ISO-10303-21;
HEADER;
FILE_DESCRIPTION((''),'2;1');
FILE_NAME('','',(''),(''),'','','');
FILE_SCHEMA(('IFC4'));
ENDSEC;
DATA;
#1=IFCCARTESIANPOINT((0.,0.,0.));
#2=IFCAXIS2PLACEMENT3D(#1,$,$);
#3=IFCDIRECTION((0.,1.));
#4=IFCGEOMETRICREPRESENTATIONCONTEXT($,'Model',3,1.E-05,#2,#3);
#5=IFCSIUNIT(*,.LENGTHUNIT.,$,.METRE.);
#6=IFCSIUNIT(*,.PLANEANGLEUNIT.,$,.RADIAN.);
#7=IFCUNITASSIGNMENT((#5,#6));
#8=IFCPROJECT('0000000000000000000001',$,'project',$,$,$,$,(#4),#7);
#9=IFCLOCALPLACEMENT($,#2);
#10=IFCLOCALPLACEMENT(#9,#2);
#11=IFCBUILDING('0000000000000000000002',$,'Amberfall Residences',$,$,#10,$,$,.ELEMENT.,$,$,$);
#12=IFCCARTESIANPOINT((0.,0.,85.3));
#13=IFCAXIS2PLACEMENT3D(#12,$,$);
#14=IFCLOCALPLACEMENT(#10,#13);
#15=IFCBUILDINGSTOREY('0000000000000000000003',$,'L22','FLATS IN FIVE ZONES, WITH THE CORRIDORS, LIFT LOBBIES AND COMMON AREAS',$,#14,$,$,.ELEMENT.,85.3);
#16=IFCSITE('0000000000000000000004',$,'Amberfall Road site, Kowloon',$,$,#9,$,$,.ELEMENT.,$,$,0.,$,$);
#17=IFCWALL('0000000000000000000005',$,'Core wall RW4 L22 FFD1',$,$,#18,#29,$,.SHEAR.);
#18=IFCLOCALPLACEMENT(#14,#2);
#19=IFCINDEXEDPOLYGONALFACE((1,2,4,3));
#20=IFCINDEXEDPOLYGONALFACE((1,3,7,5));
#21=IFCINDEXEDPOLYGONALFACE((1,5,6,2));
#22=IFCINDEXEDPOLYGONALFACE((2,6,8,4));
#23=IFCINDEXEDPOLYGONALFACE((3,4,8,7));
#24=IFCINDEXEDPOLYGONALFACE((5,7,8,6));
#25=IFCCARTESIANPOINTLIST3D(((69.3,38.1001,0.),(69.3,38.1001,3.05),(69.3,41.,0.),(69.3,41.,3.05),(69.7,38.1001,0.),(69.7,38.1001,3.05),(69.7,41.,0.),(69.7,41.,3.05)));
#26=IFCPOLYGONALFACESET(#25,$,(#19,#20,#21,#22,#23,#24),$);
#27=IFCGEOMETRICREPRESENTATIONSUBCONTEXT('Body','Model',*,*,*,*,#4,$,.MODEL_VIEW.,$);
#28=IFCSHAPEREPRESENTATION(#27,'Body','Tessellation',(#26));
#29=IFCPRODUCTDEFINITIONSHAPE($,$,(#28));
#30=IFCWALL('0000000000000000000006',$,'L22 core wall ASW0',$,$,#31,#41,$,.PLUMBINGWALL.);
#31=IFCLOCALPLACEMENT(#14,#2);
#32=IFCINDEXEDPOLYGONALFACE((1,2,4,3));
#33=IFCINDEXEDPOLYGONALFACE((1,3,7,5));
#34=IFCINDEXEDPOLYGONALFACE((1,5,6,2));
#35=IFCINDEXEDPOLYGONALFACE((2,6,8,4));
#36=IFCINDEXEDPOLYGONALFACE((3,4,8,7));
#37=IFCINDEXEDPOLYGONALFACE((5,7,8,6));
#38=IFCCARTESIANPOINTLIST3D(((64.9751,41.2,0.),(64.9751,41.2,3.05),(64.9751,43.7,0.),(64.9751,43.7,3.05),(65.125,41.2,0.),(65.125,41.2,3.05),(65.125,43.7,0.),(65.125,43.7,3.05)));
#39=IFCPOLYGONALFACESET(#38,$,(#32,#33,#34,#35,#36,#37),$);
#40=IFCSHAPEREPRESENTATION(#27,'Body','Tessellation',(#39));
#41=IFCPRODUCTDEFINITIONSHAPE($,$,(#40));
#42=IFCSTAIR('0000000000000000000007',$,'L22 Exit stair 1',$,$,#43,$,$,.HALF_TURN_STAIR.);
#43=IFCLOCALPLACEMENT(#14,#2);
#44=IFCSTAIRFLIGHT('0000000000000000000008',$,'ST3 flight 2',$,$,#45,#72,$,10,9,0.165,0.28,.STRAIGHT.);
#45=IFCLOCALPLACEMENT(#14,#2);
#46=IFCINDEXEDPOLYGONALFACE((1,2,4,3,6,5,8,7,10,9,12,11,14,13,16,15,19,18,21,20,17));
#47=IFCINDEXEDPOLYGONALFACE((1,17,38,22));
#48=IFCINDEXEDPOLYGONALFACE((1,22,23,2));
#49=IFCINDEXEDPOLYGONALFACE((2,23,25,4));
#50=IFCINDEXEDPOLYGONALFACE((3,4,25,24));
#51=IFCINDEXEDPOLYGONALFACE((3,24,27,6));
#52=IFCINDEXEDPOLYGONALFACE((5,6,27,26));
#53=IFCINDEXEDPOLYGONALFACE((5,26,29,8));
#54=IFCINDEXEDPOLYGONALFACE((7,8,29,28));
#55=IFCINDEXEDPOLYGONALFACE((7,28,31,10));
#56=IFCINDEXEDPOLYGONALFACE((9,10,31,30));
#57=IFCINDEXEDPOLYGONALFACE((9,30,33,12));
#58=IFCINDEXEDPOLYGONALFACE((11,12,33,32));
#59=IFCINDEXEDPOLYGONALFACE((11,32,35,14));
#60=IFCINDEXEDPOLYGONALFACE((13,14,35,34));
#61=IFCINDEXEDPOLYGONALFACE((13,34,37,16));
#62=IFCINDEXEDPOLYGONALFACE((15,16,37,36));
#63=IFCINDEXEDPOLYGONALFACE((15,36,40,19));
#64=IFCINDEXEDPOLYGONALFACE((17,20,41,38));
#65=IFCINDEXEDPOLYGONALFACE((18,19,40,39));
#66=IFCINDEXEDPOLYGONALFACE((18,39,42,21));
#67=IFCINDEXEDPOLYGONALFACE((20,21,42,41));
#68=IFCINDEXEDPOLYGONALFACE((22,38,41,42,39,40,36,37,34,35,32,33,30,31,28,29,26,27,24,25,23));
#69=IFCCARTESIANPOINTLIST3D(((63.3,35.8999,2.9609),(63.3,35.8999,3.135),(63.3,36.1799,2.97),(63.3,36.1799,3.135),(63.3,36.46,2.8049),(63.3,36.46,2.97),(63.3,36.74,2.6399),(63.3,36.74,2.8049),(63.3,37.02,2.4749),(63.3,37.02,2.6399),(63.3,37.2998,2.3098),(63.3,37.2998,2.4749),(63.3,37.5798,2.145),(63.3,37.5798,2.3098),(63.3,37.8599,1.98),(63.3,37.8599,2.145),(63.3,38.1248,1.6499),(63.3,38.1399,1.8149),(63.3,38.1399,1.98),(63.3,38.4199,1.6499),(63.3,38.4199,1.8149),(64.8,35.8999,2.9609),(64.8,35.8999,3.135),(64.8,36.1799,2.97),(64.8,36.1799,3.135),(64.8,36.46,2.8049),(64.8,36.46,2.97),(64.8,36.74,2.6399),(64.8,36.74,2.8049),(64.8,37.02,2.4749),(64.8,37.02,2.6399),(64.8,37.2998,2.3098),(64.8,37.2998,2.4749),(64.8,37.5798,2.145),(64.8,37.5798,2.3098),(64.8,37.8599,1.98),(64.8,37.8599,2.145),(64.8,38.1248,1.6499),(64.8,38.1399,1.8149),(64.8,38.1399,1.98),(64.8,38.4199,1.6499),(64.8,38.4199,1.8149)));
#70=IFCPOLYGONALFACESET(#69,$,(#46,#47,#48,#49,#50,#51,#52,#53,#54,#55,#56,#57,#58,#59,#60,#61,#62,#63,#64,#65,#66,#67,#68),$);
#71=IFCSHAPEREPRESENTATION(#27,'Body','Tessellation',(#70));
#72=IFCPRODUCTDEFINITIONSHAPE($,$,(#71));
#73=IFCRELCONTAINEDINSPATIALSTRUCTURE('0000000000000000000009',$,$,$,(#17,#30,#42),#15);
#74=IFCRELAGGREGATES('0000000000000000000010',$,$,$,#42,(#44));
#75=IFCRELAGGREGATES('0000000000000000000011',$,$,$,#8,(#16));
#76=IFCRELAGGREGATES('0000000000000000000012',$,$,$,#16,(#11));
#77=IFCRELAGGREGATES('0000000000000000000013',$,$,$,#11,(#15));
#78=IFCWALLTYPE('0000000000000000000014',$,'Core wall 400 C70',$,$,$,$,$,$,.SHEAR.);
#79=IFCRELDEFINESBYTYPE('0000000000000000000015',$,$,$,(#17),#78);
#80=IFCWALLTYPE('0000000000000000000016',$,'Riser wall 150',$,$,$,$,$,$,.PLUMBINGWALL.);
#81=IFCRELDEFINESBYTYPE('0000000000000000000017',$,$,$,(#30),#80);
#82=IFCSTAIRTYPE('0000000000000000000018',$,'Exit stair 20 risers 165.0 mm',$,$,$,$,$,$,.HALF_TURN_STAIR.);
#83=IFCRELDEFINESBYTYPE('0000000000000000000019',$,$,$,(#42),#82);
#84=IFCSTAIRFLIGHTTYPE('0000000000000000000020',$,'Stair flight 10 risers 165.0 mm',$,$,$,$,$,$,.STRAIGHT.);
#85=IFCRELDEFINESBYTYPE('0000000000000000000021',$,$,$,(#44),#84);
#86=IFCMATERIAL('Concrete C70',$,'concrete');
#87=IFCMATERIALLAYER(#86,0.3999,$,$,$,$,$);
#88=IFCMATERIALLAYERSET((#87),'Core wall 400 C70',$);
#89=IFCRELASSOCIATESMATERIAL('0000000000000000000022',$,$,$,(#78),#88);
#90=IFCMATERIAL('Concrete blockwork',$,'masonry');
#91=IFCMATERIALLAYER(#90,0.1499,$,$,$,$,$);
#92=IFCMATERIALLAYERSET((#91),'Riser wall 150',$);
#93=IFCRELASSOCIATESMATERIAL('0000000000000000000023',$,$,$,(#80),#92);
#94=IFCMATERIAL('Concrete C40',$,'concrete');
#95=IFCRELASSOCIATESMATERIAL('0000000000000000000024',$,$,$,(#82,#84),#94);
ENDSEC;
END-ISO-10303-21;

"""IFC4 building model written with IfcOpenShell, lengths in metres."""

from ifc_helpers import new_model, si_unit, direction, frame, frame_2d, origin, place, context, subcontext, project, spatial, polyline, rectangle, outline, extrude, material, layer, layer_set, type_object, element, aggregate, save


model = new_model("IFC4")

# Units and contexts
model_context = context("Model", 3, precision=1e-05, world=origin(), true_north=direction((0.0, 1.0)))
body_context = subcontext(model_context, "Body", "Model", "MODEL_VIEW")
ifc_project = project(units=[si_unit("LENGTHUNIT", "METRE"), si_unit("PLANEANGLEUNIT", "RADIAN")], contexts=[model_context])

# Site, building, storey
site_placement = place(None, origin())
site = spatial("IfcSite", under=ifc_project, at=site_placement, Name="Amberfall Road site, Kowloon", CompositionType="ELEMENT", RefElevation=0.0)
building_placement = place(site_placement, origin())
building = spatial("IfcBuilding", under=site, at=building_placement, Name="Amberfall Residences", CompositionType="ELEMENT")
storey_placement = place(building_placement, frame((0.0, 0.0, 85.3)))
storey = spatial("IfcBuildingStorey", under=building, at=storey_placement, Name="L22", Description="FLATS IN FIVE ZONES, WITH THE CORRIDORS, LIFT LOBBIES AND COMMON AREAS", CompositionType="ELEMENT", Elevation=85.3)

# Shared definitions
ifc_material_1 = material(Name="Concrete C70", Category="concrete")
ifc_layer_1 = layer(ifc_material_1, 0.3999)
ifc_layer_set_1 = layer_set([ifc_layer_1], Name="Core wall 400 C70")
wall_type_1 = type_object("IfcWallType", Name="Core wall 400 C70", PredefinedType="SHEAR", material=ifc_layer_set_1)

# Walls
wall_1_placement = place(storey_placement, frame((69.5, 38.1001, 0.0), z_axis=(0.0, 0.0, 1.0), x_axis=(0.0, 1.0, 0.0)))
element("IfcWall", 1, at=wall_1_placement, inside=storey, type_object=wall_type_1, Name="Core wall RW4 L22 FFD1", PredefinedType="SHEAR", context=body_context, shape_type="SweptSolid", body=[
    extrude(rectangle(XDim=2.8999, YDim=0.3999, at=frame_2d((1.45, 0.0))), origin(), (0.0, 0.0, 1.0), 3.05),
])
ifc_material_2 = material(Name="Concrete blockwork", Category="masonry")
ifc_layer_2 = layer(ifc_material_2, 0.1499)
ifc_layer_set_2 = layer_set([ifc_layer_2], Name="Riser wall 150")
wall_type_2 = type_object("IfcWallType", Name="Riser wall 150", PredefinedType="PLUMBINGWALL", material=ifc_layer_set_2)
wall_2_placement = place(storey_placement, frame((65.05, 41.2, 0.0), z_axis=(0.0, 0.0, 1.0), x_axis=(0.0, 1.0, 0.0)))
element("IfcWall", 2, at=wall_2_placement, inside=storey, type_object=wall_type_2, Name="L22 core wall ASW0", PredefinedType="PLUMBINGWALL", context=body_context, shape_type="SweptSolid", body=[
    extrude(rectangle(XDim=2.5, YDim=0.1499, at=frame_2d((1.25, 0.0))), origin(), (0.0, 0.0, 1.0), 3.05),
])

# Stair, stair flight
ifc_material_3 = material(Name="Concrete C40", Category="concrete")
stair_type = type_object("IfcStairType", Name="Exit stair 20 risers 165.0 mm", PredefinedType="HALF_TURN_STAIR", material=ifc_material_3)
stair_placement = place(storey_placement, origin())
stair = element("IfcStair", 3, at=stair_placement, inside=storey, type_object=stair_type, Name="L22 Exit stair 1", PredefinedType="HALF_TURN_STAIR")
stair_flight_type = type_object("IfcStairFlightType", Name="Stair flight 10 risers 165.0 mm", PredefinedType="STRAIGHT", material=ifc_material_3)
stair_flight_placement = place(storey_placement, frame((64.05, 38.4199, 1.6499), z_axis=(0.0, 0.0, 1.0), x_axis=(0.0, -1.0, 0.0)))
stair_flight = element("IfcStairFlight", 4, at=stair_flight_placement, type_object=stair_flight_type, Name="ST3 flight 2", NumberOfRisers=10, NumberOfTreads=9, PredefinedType="STRAIGHT", RiserHeight=0.165, TreadLength=0.28, context=body_context, shape_type="SweptSolid", body=[
    extrude(outline(polyline([(0.0, 0.0), (0.0, 0.165), (0.28, 0.165), (0.28, 0.3301), (0.5601, 0.3301), (0.5601, 0.4951), (0.8401, 0.4951), (0.8401, 0.6599), (1.1201, 0.6599), (1.1201, 0.825), (1.3999, 0.825), (1.3999, 0.99), (1.6799, 0.99), (1.6799, 1.155), (1.96, 1.155), (1.96, 1.3201), (2.24, 1.3201), (2.24, 1.4851), (2.52, 1.4851), (2.52, 1.6499), (2.52, 1.311), (0.2952, 0.0), (0.0, 0.0)])), frame((0.0, 0.75, 0.0), z_axis=(0.0, -1.0, 0.0), x_axis=(1.0, 0.0, 0.0)), (0.0, 0.0, 1.0), 1.5),
])
aggregate(stair, [stair_flight])

save(model, "model.ifc")
